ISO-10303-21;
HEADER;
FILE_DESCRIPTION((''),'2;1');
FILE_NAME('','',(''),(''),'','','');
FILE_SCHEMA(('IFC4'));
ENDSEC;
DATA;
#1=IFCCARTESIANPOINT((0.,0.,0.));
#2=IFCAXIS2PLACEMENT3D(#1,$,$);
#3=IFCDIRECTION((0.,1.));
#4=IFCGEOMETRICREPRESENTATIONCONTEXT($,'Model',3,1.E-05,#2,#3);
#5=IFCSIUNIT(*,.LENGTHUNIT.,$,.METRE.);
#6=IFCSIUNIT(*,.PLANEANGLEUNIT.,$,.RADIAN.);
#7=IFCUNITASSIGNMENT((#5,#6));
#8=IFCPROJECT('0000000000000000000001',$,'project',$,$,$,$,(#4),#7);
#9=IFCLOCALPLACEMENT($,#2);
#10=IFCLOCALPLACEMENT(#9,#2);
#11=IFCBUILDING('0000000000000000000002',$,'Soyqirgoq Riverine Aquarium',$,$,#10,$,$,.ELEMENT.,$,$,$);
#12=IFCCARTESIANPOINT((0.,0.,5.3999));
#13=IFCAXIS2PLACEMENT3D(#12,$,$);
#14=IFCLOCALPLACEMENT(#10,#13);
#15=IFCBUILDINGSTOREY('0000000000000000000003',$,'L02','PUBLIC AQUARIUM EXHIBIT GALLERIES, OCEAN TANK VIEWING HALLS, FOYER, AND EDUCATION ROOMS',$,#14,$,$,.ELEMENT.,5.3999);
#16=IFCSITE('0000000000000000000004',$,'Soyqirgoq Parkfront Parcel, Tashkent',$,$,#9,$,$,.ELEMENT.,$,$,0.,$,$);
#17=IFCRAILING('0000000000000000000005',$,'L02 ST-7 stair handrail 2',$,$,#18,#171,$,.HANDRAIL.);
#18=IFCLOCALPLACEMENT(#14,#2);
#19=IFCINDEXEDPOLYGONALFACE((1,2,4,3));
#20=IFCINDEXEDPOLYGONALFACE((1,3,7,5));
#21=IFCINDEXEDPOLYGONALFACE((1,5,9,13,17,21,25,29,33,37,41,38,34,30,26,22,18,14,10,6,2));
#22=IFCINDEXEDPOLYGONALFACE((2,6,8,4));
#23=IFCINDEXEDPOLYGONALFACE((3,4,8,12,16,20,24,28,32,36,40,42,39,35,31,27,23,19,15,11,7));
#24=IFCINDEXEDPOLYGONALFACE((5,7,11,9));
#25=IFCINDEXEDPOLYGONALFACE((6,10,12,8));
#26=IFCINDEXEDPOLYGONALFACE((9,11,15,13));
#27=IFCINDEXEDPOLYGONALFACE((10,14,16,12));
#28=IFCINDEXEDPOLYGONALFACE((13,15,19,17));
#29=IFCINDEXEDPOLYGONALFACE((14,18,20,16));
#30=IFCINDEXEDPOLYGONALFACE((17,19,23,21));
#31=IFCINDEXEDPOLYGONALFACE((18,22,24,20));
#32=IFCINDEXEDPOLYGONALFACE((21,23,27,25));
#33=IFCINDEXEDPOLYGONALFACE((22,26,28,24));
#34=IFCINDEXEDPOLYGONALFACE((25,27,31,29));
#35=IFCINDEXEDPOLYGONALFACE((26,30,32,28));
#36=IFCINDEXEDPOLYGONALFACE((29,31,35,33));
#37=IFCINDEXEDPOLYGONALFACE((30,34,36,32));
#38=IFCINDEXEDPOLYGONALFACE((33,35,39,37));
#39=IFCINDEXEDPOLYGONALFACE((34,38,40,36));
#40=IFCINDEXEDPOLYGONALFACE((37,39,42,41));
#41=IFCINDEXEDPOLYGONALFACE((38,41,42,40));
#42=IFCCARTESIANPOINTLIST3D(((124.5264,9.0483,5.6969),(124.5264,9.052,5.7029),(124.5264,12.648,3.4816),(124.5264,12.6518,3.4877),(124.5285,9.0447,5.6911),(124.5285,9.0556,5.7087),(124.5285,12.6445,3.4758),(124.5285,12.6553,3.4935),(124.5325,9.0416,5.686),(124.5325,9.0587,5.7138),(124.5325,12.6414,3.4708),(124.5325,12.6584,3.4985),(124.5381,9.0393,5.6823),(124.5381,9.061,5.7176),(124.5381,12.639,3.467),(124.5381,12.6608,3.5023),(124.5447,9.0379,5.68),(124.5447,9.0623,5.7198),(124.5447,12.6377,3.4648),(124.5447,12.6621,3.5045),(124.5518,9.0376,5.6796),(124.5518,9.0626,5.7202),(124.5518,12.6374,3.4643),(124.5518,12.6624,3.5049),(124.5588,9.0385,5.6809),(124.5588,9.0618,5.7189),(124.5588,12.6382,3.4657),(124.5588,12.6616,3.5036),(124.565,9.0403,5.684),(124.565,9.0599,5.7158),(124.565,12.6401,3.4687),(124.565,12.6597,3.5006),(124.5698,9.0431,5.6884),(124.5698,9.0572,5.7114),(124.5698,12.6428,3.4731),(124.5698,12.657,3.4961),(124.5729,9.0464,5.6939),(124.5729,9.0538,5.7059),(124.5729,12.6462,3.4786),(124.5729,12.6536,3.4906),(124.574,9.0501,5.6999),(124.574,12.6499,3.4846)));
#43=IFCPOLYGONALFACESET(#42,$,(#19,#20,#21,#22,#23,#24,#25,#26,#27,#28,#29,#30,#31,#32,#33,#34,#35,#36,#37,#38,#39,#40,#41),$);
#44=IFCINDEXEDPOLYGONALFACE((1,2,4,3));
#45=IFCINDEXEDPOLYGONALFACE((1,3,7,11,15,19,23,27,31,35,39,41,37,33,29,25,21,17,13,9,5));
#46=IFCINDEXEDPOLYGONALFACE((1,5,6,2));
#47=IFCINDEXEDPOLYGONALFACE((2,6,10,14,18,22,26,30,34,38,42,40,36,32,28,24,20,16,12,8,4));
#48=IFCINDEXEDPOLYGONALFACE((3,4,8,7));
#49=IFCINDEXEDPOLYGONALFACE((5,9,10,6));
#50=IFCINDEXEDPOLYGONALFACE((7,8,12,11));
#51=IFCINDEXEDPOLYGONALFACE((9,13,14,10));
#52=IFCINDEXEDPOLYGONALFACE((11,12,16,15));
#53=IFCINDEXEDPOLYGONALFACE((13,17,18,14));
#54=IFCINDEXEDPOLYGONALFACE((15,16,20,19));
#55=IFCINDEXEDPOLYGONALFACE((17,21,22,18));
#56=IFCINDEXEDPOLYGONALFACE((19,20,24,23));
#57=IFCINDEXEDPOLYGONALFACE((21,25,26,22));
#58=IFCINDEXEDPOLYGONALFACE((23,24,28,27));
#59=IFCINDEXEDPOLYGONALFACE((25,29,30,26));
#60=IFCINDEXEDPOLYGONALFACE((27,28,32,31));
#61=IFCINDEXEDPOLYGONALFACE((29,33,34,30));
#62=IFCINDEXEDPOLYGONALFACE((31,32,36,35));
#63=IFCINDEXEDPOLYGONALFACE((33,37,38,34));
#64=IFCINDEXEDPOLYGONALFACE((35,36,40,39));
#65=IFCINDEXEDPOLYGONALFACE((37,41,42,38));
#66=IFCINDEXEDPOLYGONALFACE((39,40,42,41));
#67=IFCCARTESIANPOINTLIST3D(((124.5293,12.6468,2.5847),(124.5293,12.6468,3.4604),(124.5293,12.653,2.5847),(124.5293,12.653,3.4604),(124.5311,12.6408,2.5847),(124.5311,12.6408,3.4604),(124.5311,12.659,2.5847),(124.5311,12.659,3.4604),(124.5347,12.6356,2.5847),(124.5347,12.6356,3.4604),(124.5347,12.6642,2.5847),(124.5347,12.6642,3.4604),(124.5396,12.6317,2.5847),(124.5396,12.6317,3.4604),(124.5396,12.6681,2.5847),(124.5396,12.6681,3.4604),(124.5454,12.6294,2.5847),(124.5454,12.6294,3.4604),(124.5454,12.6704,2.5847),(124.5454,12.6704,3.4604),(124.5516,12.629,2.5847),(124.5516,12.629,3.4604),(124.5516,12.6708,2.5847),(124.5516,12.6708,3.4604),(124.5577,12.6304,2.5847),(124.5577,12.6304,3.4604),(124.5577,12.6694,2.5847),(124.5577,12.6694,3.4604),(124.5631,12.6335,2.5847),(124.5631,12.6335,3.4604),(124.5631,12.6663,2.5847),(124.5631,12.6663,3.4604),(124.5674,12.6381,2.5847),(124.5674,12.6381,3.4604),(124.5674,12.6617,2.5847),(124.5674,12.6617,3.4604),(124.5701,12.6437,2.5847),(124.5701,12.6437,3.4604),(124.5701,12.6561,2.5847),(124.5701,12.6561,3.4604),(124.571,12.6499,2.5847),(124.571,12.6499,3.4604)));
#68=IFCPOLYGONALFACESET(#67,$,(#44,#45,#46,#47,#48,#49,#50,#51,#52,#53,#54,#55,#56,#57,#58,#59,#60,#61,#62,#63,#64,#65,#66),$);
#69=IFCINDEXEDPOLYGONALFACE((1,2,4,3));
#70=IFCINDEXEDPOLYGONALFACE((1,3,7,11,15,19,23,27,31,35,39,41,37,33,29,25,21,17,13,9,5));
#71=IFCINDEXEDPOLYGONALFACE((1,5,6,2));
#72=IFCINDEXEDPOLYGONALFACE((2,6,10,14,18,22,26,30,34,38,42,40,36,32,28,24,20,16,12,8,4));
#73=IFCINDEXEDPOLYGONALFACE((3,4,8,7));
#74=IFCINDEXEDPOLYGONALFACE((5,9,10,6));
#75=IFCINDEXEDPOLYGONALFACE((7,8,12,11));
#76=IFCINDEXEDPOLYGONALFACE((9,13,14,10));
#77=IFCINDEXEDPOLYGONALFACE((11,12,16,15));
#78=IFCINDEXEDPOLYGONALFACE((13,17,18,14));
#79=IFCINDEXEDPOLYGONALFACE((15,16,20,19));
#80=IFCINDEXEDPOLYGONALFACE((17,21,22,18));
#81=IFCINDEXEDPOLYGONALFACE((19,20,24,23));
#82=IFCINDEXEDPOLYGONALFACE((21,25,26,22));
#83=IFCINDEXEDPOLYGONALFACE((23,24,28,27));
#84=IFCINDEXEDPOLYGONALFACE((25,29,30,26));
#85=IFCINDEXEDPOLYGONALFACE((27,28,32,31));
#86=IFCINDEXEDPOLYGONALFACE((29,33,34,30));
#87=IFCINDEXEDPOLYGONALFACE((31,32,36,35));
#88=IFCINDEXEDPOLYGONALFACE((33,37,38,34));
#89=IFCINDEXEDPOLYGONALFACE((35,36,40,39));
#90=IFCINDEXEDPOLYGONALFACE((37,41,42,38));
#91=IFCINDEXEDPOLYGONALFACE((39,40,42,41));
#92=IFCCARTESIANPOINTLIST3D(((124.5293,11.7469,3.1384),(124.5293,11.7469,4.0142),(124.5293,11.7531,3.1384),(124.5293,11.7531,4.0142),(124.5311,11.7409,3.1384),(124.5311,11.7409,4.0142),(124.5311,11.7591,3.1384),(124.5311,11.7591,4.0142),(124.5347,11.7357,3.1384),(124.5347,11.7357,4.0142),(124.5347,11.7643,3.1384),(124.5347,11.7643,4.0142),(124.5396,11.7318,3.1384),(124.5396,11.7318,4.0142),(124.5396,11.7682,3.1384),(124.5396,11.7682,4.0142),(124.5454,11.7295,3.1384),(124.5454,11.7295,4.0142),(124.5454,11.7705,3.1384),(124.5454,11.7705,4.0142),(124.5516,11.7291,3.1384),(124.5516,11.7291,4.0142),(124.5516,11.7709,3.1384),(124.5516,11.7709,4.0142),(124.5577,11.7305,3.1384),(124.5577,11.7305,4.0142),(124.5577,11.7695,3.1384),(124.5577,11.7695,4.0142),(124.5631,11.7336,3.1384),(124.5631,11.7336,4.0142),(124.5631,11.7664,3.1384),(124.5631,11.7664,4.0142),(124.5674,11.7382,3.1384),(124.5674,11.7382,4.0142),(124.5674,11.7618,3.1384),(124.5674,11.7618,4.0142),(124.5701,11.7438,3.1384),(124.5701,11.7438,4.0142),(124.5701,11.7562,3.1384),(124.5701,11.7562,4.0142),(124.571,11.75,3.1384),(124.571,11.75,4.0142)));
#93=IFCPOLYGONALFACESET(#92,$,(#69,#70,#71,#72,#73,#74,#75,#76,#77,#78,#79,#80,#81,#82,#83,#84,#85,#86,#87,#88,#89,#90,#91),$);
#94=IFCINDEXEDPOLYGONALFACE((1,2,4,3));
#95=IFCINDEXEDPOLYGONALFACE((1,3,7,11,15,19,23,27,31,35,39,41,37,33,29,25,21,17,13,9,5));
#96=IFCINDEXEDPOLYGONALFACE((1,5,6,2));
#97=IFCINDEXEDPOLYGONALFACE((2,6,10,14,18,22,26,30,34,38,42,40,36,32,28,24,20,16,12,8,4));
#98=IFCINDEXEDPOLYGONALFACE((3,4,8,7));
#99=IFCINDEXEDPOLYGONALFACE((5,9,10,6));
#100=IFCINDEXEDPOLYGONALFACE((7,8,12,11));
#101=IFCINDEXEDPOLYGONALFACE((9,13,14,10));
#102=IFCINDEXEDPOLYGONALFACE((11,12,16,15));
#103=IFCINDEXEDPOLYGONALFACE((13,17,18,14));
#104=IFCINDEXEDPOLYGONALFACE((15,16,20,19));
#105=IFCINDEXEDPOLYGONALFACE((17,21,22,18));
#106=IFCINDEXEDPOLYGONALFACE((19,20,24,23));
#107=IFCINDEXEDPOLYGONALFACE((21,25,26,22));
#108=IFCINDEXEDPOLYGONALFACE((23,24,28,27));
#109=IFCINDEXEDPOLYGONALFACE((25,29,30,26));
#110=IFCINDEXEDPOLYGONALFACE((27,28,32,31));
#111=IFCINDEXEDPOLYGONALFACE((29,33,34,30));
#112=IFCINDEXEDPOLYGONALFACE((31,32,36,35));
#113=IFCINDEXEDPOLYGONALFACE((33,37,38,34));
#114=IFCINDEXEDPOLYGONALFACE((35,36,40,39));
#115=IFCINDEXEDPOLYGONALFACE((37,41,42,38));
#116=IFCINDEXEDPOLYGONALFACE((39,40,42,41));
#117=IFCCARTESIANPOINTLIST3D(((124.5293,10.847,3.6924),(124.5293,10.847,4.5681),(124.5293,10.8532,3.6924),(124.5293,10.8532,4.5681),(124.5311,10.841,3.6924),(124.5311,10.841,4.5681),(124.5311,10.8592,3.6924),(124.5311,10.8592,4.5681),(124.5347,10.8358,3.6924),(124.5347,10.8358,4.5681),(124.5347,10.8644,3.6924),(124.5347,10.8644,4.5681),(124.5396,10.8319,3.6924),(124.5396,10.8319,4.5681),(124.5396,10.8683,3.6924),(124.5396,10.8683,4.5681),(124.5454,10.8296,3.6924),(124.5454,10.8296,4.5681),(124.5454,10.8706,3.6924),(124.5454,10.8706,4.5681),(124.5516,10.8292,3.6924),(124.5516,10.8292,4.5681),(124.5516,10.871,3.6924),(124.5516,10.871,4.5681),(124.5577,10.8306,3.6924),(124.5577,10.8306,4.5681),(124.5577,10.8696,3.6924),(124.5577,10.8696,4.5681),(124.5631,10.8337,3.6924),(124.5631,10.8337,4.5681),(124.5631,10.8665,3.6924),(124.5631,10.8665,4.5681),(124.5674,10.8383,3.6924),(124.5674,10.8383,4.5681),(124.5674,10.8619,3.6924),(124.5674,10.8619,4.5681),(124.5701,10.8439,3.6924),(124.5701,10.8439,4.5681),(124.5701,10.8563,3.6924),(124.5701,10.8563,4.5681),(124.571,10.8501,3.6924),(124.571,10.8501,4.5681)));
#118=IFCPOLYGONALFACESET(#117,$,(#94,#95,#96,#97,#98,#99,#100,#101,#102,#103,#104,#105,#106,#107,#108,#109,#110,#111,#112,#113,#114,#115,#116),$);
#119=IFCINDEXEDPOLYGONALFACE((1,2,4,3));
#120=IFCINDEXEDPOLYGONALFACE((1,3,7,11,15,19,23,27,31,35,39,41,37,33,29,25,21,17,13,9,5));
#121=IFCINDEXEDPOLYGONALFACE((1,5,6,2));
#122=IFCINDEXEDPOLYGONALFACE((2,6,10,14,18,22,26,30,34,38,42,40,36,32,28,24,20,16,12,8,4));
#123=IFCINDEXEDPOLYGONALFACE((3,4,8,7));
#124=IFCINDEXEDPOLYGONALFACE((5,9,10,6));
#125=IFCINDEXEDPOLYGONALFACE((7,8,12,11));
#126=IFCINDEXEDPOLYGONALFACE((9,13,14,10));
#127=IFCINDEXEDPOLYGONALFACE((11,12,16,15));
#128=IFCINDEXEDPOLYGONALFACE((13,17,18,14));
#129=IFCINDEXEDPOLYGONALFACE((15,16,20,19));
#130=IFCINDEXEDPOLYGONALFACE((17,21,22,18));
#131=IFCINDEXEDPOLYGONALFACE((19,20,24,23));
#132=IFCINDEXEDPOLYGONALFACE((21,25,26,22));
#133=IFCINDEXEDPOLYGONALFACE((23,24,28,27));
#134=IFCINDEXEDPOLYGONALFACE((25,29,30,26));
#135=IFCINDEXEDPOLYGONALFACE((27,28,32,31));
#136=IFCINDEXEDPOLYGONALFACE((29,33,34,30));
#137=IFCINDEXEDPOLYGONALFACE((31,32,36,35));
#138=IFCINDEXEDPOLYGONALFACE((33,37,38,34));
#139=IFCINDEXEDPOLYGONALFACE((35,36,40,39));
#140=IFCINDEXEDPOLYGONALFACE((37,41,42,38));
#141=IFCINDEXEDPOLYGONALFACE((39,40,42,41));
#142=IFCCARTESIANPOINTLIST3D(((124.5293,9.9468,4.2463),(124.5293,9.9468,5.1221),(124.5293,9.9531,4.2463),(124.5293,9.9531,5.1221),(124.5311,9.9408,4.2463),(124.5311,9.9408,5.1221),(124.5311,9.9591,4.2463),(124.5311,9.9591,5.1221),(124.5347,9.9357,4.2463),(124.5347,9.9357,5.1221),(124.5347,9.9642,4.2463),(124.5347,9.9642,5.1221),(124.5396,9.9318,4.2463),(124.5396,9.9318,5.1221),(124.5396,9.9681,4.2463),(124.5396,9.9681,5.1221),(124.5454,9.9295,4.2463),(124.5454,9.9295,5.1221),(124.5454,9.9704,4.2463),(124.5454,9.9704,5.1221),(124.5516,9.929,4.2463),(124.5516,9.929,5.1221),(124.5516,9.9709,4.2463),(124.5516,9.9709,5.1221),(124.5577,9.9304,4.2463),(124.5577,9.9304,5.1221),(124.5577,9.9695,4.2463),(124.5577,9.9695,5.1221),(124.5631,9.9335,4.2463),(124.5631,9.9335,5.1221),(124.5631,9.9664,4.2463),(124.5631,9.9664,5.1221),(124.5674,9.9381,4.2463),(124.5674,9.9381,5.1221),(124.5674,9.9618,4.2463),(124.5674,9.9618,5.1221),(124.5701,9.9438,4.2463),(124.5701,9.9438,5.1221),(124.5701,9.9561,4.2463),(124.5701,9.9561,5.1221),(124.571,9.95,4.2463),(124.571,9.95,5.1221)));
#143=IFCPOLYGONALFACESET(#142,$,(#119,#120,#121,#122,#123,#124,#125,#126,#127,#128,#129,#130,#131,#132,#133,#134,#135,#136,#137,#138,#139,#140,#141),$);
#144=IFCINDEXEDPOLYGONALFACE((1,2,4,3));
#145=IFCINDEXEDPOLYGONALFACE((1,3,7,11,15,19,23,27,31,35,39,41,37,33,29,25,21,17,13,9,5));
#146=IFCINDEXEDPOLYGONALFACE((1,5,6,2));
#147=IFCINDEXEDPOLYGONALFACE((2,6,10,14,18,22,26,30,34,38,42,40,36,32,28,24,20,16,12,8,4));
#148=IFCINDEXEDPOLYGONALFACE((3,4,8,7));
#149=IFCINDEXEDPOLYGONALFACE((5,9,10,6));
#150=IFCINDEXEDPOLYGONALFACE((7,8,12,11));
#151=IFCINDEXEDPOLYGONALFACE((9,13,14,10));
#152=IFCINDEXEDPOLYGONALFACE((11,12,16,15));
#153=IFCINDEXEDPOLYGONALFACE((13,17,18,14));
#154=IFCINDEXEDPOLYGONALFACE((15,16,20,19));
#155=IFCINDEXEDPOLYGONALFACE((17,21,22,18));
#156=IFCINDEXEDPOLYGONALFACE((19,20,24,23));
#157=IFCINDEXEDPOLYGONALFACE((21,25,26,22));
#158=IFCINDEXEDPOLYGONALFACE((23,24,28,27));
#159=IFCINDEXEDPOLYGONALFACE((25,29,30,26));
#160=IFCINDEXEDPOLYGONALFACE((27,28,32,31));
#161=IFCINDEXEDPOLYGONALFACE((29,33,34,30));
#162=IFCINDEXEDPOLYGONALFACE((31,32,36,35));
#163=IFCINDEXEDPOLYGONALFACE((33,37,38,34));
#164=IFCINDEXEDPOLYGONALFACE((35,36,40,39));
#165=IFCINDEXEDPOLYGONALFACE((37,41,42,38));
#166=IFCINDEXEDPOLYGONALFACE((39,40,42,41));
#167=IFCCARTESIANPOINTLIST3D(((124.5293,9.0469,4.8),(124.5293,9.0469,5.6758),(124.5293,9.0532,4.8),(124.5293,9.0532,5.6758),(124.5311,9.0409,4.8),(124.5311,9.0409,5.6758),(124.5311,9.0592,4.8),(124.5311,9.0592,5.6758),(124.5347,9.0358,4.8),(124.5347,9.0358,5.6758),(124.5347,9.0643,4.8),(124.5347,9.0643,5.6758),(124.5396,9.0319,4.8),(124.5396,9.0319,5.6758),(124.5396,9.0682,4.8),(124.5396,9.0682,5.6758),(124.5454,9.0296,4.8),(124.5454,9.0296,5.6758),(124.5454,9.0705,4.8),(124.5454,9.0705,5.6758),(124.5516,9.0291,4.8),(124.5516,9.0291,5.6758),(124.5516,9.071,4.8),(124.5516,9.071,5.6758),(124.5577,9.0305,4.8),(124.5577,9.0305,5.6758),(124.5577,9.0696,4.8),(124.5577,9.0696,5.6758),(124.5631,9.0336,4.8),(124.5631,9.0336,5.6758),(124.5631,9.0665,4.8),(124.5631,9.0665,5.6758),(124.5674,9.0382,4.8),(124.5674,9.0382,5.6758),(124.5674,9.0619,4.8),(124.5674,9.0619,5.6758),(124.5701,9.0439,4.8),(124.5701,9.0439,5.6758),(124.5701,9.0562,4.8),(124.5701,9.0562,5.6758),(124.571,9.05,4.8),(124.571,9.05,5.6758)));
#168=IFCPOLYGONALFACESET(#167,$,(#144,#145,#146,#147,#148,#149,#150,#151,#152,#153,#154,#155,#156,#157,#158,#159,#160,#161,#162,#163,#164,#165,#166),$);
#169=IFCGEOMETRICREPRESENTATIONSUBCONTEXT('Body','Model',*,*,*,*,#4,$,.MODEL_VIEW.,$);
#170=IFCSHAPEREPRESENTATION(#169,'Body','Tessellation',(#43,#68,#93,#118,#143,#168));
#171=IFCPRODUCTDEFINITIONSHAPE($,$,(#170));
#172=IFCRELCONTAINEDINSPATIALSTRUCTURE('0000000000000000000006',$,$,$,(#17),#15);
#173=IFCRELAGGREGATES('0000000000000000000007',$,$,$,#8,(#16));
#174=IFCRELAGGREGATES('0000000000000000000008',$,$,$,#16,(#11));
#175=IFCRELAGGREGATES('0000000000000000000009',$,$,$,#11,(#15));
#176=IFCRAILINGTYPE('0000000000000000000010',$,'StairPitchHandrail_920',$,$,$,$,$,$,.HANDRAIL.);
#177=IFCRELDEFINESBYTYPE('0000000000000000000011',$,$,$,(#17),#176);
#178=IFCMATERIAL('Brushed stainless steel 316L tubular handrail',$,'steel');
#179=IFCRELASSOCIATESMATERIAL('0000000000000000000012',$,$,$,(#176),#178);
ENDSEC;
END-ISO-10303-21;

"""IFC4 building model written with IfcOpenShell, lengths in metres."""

from ifc_helpers import new_model, si_unit, direction, frame, origin, origin_2d, place, context, subcontext, project, spatial, circle, extrude, material, type_object, element, save


model = new_model("IFC4")

# Units and contexts
model_context = context("Model", 3, precision=1e-05, world=origin(), true_north=direction((0.0, 1.0)))
body_context = subcontext(model_context, "Body", "Model", "MODEL_VIEW")
ifc_project = project(units=[si_unit("LENGTHUNIT", "METRE"), si_unit("PLANEANGLEUNIT", "RADIAN")], contexts=[model_context])

# Site, building, storey
site_placement = place(None, origin())
site = spatial("IfcSite", under=ifc_project, at=site_placement, Name="Soyqirgoq Parkfront Parcel, Tashkent", CompositionType="ELEMENT", RefElevation=0.0)
building_placement = place(site_placement, origin())
building = spatial("IfcBuilding", under=site, at=building_placement, Name="Soyqirgoq Riverine Aquarium", CompositionType="ELEMENT")
storey_placement = place(building_placement, frame((0.0, 0.0, 5.3999)))
storey = spatial("IfcBuildingStorey", under=building, at=storey_placement, Name="L02", Description="PUBLIC AQUARIUM EXHIBIT GALLERIES, OCEAN TANK VIEWING HALLS, FOYER, AND EDUCATION ROOMS", CompositionType="ELEMENT", Elevation=5.3999)

# Railing
ifc_material_1 = material(Name="Brushed stainless steel 316L tubular handrail", Category="steel")
railing_type_1 = type_object("IfcRailingType", Name="StairPitchHandrail_920", PredefinedType="HANDRAIL", material=ifc_material_1)
railing_1_placement = place(storey_placement, frame((124.55, 12.6499, 2.5847)))
element("IfcRailing", 1, at=railing_1_placement, inside=storey, type_object=railing_type_1, Name="L02 ST-7 stair handrail 2", PredefinedType="HANDRAIL", context=body_context, shape_type="SweptSolid", body=[
    extrude(circle(Radius=0.0239, at=origin_2d()), frame((0.0, 0.0, 0.8999), z_axis=(0.0, -0.851654, 0.524104), x_axis=(1.0, 0.0, 0.0)), (0.0, 0.0, 1.0), 4.2268),
    extrude(circle(Radius=0.021, at=origin_2d()), origin(), (0.0, 0.0, 1.0), 0.8757),
    extrude(circle(Radius=0.021, at=origin_2d()), frame((0.0, -0.8999, 0.5537)), (0.0, 0.0, 1.0), 0.8757),
    extrude(circle(Radius=0.021, at=origin_2d()), frame((0.0, -1.7998, 1.1077)), (0.0, 0.0, 1.0), 0.8757),
    extrude(circle(Radius=0.021, at=origin_2d()), frame((0.0, -2.7, 1.6616)), (0.0, 0.0, 1.0), 0.8757),
    extrude(circle(Radius=0.021, at=origin_2d()), frame((0.0, -3.5999, 2.2153)), (0.0, 0.0, 1.0), 0.8757),
])

save(model, "model.ifc")
